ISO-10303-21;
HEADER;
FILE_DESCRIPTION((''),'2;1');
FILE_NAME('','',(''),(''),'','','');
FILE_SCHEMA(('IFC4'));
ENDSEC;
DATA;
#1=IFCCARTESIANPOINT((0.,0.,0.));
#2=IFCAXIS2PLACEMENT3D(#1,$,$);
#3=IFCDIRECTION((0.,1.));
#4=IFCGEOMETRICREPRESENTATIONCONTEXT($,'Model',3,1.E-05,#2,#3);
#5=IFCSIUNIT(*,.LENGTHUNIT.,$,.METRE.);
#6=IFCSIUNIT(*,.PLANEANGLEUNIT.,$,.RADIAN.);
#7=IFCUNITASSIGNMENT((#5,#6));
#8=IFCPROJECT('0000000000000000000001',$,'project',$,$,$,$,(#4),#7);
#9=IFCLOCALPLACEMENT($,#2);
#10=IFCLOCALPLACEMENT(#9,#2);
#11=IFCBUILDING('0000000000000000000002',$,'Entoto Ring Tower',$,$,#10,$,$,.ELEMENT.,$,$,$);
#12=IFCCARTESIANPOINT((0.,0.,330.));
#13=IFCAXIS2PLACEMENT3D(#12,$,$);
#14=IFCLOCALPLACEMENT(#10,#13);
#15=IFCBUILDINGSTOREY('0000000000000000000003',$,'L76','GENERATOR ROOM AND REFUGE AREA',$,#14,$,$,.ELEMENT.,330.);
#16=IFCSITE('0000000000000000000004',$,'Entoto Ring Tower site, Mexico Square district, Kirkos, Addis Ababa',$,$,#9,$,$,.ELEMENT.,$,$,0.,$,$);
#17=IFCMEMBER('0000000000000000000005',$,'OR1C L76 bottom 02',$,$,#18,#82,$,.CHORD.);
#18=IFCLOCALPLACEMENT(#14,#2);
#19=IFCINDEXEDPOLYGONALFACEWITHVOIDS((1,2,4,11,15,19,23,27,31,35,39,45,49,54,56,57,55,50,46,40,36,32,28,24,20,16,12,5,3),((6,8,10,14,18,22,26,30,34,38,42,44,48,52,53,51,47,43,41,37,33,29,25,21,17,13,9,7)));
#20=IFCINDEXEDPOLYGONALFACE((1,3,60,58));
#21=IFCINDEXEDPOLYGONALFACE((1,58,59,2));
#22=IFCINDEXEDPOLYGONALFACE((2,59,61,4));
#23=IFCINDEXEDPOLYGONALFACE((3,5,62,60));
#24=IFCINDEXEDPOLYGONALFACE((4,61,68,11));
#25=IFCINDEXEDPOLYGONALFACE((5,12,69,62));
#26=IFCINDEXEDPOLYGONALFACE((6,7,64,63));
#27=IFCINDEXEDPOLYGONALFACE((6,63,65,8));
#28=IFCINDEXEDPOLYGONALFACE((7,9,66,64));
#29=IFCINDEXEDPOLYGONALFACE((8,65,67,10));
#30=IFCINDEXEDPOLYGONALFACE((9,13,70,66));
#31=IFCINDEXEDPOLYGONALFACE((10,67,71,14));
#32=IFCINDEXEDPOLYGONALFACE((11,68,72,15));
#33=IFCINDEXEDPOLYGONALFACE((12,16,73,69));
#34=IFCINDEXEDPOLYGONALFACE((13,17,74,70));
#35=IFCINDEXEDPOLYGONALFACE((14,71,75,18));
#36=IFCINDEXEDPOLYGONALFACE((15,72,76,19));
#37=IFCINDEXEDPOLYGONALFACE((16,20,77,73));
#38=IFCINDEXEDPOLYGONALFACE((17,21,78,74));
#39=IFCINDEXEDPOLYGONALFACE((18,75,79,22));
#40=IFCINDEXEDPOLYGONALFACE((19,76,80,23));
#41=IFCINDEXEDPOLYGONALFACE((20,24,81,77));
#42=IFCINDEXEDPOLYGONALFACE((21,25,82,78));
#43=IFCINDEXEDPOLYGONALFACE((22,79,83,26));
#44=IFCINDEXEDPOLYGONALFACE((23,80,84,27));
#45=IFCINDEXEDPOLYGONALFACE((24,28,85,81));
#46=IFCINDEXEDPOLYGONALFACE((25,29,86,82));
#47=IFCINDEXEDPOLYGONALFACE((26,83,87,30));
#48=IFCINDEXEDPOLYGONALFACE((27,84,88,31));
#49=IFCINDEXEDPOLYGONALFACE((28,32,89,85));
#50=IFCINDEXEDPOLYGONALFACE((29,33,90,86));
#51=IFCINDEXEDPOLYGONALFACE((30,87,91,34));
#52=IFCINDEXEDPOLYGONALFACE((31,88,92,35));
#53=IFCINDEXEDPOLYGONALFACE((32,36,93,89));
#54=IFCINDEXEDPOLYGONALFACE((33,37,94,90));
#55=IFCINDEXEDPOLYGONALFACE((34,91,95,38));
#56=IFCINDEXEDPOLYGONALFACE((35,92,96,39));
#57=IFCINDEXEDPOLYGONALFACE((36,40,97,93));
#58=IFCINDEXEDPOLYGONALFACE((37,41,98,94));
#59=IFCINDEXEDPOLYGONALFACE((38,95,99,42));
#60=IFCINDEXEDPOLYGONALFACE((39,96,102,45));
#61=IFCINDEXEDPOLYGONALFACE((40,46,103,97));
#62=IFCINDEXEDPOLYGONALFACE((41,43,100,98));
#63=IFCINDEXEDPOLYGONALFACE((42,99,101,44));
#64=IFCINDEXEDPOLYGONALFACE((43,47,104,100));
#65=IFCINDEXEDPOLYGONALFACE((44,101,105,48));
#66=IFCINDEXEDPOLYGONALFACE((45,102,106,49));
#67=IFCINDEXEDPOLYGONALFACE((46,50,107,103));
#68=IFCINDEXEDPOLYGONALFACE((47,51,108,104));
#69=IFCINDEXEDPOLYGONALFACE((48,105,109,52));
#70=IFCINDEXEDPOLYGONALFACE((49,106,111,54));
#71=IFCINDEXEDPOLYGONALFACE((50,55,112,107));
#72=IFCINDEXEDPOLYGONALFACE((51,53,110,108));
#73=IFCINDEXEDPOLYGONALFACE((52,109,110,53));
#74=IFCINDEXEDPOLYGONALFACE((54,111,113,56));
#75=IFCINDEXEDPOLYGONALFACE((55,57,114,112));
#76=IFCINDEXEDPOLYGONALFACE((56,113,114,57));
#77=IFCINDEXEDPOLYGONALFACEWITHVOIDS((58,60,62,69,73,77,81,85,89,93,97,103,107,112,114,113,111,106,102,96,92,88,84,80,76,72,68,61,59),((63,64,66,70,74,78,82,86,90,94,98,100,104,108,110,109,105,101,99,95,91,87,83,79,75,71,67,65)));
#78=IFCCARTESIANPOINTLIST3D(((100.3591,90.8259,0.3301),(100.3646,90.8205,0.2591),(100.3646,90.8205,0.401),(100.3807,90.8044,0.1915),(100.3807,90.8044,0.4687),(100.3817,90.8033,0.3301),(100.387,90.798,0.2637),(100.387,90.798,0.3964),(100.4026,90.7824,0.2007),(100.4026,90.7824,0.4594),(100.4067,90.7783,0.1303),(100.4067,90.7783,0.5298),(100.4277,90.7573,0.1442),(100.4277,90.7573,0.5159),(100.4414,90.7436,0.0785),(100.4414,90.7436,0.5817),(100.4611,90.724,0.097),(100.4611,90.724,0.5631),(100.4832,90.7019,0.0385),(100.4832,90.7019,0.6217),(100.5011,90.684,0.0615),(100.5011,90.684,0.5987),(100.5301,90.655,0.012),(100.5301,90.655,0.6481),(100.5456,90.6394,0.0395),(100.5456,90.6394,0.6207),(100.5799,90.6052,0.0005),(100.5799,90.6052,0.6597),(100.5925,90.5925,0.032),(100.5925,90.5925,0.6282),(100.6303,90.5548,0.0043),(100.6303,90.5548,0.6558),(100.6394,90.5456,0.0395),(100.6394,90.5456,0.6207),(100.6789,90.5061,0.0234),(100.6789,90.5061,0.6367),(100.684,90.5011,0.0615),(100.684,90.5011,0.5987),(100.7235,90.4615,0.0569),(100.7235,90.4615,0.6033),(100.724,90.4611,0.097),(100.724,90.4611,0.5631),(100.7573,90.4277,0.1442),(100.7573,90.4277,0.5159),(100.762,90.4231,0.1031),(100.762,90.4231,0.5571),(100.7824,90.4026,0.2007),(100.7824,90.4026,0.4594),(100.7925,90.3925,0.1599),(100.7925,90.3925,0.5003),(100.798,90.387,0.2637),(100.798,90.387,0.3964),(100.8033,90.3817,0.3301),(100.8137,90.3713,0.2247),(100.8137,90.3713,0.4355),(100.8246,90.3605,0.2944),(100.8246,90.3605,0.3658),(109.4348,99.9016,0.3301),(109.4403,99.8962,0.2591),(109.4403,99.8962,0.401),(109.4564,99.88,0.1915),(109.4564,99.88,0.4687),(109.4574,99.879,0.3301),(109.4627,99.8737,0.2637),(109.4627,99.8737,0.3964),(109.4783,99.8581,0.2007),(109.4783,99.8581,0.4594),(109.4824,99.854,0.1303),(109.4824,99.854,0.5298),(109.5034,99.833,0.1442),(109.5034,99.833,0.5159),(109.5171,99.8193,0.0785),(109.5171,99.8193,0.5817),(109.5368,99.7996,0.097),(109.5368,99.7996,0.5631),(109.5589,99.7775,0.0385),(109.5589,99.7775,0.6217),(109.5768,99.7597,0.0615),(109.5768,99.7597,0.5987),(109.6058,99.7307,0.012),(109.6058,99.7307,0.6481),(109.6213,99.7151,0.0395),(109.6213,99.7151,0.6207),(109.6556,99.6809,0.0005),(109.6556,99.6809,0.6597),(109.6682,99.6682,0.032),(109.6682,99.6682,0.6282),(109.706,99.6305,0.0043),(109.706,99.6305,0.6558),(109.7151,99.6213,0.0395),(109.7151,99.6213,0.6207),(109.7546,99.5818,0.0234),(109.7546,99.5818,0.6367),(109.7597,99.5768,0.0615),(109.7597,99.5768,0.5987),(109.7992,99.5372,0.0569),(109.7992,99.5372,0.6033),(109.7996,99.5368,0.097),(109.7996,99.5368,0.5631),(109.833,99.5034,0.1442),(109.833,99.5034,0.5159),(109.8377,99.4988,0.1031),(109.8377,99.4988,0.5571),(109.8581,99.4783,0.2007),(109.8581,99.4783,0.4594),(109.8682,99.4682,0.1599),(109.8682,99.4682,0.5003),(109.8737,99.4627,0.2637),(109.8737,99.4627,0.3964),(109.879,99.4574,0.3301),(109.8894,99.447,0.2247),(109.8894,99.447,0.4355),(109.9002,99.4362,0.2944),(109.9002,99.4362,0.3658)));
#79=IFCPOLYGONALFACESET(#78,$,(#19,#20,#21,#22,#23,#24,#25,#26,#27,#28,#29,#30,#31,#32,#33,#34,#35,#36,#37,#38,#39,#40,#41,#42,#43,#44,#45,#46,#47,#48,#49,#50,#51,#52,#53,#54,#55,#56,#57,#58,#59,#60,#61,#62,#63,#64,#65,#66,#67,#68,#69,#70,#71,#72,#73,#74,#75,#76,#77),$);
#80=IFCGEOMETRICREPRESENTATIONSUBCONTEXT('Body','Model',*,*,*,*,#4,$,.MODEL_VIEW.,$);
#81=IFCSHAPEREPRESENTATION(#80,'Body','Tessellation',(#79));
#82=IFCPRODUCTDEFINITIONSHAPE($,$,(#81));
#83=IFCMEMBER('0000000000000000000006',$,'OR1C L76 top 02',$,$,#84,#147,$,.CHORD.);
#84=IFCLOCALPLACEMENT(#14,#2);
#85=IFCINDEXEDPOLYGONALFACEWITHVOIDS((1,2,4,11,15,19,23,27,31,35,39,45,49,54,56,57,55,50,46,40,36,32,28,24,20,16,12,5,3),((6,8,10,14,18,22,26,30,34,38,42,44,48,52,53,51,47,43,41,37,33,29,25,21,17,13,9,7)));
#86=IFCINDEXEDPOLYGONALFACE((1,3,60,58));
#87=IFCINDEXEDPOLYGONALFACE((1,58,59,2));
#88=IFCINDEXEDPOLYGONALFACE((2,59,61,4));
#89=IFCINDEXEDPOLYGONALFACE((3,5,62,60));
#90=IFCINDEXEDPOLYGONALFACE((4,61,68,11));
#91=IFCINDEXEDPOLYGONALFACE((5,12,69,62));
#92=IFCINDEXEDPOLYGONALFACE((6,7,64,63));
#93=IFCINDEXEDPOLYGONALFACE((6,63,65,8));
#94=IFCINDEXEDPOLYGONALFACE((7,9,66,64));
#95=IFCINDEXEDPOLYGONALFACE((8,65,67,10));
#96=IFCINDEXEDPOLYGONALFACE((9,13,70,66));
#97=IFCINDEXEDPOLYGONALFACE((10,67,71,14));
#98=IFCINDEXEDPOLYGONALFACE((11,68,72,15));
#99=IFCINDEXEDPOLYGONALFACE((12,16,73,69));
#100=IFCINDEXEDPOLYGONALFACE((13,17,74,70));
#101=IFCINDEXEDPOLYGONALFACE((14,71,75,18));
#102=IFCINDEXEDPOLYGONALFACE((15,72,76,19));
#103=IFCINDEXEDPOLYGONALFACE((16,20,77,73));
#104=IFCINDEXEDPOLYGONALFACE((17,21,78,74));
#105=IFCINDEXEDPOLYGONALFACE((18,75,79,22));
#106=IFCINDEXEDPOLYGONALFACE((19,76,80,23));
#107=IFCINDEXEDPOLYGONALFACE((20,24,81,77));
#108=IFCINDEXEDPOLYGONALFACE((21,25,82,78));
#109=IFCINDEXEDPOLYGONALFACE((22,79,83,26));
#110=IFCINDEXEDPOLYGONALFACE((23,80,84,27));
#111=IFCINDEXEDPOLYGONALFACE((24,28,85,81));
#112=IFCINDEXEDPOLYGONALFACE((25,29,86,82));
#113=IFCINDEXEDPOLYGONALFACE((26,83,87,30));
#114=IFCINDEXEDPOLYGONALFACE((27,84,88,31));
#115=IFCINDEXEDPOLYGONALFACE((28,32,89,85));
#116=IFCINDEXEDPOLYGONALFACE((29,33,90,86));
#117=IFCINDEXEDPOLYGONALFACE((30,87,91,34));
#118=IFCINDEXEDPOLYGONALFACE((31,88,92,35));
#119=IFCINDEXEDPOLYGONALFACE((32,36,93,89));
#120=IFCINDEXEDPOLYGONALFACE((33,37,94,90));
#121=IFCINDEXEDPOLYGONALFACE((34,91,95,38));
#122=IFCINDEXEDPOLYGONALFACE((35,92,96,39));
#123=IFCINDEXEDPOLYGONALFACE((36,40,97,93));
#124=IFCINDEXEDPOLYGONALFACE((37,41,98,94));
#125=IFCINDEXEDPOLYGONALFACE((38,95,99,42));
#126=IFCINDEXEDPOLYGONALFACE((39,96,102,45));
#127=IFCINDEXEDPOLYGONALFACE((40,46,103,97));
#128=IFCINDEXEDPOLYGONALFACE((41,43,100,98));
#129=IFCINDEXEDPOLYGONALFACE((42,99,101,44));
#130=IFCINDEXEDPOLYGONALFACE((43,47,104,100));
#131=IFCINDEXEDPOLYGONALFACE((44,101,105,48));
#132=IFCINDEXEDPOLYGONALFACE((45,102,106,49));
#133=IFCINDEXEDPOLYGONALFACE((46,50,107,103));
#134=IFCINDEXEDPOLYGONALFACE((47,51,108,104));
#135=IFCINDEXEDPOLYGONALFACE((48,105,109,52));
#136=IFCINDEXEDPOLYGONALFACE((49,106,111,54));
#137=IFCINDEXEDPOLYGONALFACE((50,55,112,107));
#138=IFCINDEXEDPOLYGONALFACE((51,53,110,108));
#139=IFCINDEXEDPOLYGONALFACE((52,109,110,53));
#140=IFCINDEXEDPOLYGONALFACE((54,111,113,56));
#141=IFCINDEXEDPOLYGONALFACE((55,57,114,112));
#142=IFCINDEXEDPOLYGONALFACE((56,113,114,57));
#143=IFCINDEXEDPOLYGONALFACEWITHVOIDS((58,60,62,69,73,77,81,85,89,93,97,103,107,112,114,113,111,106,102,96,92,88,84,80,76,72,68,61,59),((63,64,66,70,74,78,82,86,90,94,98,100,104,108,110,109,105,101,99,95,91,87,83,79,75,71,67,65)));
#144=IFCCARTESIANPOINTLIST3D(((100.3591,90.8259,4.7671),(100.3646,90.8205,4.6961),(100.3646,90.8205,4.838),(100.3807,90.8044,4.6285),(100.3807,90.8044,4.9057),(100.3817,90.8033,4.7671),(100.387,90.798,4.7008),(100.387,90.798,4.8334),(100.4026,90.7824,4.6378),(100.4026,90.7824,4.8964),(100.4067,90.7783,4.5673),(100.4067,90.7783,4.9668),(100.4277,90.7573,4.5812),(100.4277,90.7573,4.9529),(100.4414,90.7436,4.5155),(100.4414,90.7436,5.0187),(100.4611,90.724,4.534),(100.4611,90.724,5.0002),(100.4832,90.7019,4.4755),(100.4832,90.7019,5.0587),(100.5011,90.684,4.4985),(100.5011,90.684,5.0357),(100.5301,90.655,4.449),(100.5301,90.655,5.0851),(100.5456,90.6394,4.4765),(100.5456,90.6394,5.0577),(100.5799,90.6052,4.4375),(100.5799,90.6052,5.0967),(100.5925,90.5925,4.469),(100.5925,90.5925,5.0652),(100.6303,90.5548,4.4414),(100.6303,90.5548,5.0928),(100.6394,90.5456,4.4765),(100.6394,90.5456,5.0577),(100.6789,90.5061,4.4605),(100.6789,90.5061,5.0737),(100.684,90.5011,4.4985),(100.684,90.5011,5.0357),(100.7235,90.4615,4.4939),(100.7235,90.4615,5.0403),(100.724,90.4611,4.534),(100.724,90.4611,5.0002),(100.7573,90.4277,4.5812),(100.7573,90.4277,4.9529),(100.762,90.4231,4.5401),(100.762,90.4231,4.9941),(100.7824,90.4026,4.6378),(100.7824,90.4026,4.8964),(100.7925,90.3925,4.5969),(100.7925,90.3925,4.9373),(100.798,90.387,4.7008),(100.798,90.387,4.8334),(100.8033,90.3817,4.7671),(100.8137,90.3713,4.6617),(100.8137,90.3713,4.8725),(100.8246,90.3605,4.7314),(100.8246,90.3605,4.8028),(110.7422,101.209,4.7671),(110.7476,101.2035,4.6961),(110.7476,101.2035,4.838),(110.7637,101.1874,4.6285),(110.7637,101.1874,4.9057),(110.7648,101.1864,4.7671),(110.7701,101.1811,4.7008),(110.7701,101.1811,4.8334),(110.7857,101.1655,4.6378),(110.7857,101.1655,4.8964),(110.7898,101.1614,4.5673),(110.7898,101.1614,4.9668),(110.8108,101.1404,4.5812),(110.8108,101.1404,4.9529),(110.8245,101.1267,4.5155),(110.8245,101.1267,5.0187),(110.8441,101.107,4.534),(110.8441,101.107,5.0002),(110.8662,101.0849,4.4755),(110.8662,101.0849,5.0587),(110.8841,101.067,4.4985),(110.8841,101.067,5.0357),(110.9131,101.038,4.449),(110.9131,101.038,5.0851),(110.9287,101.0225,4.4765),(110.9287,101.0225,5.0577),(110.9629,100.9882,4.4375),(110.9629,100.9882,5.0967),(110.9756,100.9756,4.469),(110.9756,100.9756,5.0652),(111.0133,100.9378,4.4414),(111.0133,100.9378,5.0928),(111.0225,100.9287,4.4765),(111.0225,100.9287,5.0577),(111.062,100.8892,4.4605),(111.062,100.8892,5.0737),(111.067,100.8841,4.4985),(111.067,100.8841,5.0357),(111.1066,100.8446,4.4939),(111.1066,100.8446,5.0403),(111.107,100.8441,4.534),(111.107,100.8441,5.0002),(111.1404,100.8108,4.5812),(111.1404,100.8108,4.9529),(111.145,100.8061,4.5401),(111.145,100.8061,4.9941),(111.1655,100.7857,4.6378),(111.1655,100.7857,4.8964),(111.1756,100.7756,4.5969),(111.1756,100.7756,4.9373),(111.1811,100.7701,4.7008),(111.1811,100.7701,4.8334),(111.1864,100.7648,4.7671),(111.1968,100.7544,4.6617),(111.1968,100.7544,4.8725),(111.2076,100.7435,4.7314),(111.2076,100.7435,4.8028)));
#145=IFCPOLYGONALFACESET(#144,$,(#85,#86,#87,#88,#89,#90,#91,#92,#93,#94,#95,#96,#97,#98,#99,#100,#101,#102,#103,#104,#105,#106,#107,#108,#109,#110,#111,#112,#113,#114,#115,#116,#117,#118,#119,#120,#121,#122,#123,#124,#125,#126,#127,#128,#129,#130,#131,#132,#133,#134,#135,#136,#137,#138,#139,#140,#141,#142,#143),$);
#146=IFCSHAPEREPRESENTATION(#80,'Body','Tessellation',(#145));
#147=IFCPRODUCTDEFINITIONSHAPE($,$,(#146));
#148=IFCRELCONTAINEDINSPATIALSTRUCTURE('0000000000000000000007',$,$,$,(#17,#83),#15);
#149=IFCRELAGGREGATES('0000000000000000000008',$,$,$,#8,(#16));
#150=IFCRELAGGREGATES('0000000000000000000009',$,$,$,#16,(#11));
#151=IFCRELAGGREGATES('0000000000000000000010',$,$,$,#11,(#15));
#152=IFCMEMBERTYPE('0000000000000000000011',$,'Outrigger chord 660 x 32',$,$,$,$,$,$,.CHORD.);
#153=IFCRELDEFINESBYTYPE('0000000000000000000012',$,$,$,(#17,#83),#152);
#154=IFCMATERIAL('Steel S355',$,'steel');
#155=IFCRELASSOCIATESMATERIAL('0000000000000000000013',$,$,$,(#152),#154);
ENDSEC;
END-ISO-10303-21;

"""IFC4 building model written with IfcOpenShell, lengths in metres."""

from ifc_helpers import new_model, si_unit, direction, frame, origin, origin_2d, place, context, subcontext, project, spatial, circle, hollow_circle, extrude, material, material_profile, profile_set, type_object, element, save


model = new_model("IFC4")

# Units and contexts
model_context = context("Model", 3, precision=1e-05, world=origin(), true_north=direction((0.0, 1.0)))
body_context = subcontext(model_context, "Body", "Model", "MODEL_VIEW")
ifc_project = project(units=[si_unit("LENGTHUNIT", "METRE"), si_unit("PLANEANGLEUNIT", "RADIAN")], contexts=[model_context])

# Site, building, storey
site_placement = place(None, origin())
site = spatial("IfcSite", under=ifc_project, at=site_placement, Name="Entoto Ring Tower site, Mexico Square district, Kirkos, Addis Ababa", CompositionType="ELEMENT", RefElevation=0.0)
building_placement = place(site_placement, origin())
building = spatial("IfcBuilding", under=site, at=building_placement, Name="Entoto Ring Tower", CompositionType="ELEMENT")
storey_placement = place(building_placement, frame((0.0, 0.0, 330.0)))
storey = spatial("IfcBuildingStorey", under=building, at=storey_placement, Name="L76", Description="GENERATOR ROOM AND REFUGE AREA", CompositionType="ELEMENT", Elevation=330.0)

# Members
ifc_material_1 = material(Name="Steel S355", Category="steel")
ifc_material_profile_1 = material_profile(ifc_material_1, hollow_circle(Radius=0.3301, WallThickness=0.032, at=origin_2d()), Name="CHS 660 x 32")
ifc_material_2 = material(Name="Concrete C60/75", Category="concrete")
ifc_material_profile_2 = material_profile(ifc_material_2, circle(Radius=0.2981, at=origin_2d()), Name="Concrete C60/75 infill")
ifc_profile_set_1 = profile_set([ifc_material_profile_1, ifc_material_profile_2], Name="Steel S355")
member_type_1 = type_object("IfcMemberType", Name="Outrigger chord 660 x 32", PredefinedType="CHORD", material=ifc_profile_set_1)
member_1_placement = place(storey_placement, frame((100.5925, 90.5925, 0.3301), z_axis=(0.707107, 0.707107, 0.0), x_axis=(-0.707107, 0.707107, 0.0)))
element("IfcMember", 1, at=member_1_placement, inside=storey, type_object=member_type_1, Name="OR1C L76 bottom 02", PredefinedType="CHORD", context=body_context, shape_type="SweptSolid", body=[
    extrude(hollow_circle(Radius=0.3301, WallThickness=0.032, at=origin_2d()), origin(), (0.0, 0.0, 1.0), 12.835),
])
member_2_placement = place(storey_placement, frame((100.5925, 90.5925, 4.7671), z_axis=(0.707107, 0.707107, 0.0), x_axis=(-0.707107, 0.707107, 0.0)))
element("IfcMember", 2, at=member_2_placement, inside=storey, type_object=member_type_1, Name="OR1C L76 top 02", PredefinedType="CHORD", context=body_context, shape_type="SweptSolid", body=[
    extrude(hollow_circle(Radius=0.3301, WallThickness=0.032, at=origin_2d()), origin(), (0.0, 0.0, 1.0), 14.6838),
])

save(model, "model.ifc")
